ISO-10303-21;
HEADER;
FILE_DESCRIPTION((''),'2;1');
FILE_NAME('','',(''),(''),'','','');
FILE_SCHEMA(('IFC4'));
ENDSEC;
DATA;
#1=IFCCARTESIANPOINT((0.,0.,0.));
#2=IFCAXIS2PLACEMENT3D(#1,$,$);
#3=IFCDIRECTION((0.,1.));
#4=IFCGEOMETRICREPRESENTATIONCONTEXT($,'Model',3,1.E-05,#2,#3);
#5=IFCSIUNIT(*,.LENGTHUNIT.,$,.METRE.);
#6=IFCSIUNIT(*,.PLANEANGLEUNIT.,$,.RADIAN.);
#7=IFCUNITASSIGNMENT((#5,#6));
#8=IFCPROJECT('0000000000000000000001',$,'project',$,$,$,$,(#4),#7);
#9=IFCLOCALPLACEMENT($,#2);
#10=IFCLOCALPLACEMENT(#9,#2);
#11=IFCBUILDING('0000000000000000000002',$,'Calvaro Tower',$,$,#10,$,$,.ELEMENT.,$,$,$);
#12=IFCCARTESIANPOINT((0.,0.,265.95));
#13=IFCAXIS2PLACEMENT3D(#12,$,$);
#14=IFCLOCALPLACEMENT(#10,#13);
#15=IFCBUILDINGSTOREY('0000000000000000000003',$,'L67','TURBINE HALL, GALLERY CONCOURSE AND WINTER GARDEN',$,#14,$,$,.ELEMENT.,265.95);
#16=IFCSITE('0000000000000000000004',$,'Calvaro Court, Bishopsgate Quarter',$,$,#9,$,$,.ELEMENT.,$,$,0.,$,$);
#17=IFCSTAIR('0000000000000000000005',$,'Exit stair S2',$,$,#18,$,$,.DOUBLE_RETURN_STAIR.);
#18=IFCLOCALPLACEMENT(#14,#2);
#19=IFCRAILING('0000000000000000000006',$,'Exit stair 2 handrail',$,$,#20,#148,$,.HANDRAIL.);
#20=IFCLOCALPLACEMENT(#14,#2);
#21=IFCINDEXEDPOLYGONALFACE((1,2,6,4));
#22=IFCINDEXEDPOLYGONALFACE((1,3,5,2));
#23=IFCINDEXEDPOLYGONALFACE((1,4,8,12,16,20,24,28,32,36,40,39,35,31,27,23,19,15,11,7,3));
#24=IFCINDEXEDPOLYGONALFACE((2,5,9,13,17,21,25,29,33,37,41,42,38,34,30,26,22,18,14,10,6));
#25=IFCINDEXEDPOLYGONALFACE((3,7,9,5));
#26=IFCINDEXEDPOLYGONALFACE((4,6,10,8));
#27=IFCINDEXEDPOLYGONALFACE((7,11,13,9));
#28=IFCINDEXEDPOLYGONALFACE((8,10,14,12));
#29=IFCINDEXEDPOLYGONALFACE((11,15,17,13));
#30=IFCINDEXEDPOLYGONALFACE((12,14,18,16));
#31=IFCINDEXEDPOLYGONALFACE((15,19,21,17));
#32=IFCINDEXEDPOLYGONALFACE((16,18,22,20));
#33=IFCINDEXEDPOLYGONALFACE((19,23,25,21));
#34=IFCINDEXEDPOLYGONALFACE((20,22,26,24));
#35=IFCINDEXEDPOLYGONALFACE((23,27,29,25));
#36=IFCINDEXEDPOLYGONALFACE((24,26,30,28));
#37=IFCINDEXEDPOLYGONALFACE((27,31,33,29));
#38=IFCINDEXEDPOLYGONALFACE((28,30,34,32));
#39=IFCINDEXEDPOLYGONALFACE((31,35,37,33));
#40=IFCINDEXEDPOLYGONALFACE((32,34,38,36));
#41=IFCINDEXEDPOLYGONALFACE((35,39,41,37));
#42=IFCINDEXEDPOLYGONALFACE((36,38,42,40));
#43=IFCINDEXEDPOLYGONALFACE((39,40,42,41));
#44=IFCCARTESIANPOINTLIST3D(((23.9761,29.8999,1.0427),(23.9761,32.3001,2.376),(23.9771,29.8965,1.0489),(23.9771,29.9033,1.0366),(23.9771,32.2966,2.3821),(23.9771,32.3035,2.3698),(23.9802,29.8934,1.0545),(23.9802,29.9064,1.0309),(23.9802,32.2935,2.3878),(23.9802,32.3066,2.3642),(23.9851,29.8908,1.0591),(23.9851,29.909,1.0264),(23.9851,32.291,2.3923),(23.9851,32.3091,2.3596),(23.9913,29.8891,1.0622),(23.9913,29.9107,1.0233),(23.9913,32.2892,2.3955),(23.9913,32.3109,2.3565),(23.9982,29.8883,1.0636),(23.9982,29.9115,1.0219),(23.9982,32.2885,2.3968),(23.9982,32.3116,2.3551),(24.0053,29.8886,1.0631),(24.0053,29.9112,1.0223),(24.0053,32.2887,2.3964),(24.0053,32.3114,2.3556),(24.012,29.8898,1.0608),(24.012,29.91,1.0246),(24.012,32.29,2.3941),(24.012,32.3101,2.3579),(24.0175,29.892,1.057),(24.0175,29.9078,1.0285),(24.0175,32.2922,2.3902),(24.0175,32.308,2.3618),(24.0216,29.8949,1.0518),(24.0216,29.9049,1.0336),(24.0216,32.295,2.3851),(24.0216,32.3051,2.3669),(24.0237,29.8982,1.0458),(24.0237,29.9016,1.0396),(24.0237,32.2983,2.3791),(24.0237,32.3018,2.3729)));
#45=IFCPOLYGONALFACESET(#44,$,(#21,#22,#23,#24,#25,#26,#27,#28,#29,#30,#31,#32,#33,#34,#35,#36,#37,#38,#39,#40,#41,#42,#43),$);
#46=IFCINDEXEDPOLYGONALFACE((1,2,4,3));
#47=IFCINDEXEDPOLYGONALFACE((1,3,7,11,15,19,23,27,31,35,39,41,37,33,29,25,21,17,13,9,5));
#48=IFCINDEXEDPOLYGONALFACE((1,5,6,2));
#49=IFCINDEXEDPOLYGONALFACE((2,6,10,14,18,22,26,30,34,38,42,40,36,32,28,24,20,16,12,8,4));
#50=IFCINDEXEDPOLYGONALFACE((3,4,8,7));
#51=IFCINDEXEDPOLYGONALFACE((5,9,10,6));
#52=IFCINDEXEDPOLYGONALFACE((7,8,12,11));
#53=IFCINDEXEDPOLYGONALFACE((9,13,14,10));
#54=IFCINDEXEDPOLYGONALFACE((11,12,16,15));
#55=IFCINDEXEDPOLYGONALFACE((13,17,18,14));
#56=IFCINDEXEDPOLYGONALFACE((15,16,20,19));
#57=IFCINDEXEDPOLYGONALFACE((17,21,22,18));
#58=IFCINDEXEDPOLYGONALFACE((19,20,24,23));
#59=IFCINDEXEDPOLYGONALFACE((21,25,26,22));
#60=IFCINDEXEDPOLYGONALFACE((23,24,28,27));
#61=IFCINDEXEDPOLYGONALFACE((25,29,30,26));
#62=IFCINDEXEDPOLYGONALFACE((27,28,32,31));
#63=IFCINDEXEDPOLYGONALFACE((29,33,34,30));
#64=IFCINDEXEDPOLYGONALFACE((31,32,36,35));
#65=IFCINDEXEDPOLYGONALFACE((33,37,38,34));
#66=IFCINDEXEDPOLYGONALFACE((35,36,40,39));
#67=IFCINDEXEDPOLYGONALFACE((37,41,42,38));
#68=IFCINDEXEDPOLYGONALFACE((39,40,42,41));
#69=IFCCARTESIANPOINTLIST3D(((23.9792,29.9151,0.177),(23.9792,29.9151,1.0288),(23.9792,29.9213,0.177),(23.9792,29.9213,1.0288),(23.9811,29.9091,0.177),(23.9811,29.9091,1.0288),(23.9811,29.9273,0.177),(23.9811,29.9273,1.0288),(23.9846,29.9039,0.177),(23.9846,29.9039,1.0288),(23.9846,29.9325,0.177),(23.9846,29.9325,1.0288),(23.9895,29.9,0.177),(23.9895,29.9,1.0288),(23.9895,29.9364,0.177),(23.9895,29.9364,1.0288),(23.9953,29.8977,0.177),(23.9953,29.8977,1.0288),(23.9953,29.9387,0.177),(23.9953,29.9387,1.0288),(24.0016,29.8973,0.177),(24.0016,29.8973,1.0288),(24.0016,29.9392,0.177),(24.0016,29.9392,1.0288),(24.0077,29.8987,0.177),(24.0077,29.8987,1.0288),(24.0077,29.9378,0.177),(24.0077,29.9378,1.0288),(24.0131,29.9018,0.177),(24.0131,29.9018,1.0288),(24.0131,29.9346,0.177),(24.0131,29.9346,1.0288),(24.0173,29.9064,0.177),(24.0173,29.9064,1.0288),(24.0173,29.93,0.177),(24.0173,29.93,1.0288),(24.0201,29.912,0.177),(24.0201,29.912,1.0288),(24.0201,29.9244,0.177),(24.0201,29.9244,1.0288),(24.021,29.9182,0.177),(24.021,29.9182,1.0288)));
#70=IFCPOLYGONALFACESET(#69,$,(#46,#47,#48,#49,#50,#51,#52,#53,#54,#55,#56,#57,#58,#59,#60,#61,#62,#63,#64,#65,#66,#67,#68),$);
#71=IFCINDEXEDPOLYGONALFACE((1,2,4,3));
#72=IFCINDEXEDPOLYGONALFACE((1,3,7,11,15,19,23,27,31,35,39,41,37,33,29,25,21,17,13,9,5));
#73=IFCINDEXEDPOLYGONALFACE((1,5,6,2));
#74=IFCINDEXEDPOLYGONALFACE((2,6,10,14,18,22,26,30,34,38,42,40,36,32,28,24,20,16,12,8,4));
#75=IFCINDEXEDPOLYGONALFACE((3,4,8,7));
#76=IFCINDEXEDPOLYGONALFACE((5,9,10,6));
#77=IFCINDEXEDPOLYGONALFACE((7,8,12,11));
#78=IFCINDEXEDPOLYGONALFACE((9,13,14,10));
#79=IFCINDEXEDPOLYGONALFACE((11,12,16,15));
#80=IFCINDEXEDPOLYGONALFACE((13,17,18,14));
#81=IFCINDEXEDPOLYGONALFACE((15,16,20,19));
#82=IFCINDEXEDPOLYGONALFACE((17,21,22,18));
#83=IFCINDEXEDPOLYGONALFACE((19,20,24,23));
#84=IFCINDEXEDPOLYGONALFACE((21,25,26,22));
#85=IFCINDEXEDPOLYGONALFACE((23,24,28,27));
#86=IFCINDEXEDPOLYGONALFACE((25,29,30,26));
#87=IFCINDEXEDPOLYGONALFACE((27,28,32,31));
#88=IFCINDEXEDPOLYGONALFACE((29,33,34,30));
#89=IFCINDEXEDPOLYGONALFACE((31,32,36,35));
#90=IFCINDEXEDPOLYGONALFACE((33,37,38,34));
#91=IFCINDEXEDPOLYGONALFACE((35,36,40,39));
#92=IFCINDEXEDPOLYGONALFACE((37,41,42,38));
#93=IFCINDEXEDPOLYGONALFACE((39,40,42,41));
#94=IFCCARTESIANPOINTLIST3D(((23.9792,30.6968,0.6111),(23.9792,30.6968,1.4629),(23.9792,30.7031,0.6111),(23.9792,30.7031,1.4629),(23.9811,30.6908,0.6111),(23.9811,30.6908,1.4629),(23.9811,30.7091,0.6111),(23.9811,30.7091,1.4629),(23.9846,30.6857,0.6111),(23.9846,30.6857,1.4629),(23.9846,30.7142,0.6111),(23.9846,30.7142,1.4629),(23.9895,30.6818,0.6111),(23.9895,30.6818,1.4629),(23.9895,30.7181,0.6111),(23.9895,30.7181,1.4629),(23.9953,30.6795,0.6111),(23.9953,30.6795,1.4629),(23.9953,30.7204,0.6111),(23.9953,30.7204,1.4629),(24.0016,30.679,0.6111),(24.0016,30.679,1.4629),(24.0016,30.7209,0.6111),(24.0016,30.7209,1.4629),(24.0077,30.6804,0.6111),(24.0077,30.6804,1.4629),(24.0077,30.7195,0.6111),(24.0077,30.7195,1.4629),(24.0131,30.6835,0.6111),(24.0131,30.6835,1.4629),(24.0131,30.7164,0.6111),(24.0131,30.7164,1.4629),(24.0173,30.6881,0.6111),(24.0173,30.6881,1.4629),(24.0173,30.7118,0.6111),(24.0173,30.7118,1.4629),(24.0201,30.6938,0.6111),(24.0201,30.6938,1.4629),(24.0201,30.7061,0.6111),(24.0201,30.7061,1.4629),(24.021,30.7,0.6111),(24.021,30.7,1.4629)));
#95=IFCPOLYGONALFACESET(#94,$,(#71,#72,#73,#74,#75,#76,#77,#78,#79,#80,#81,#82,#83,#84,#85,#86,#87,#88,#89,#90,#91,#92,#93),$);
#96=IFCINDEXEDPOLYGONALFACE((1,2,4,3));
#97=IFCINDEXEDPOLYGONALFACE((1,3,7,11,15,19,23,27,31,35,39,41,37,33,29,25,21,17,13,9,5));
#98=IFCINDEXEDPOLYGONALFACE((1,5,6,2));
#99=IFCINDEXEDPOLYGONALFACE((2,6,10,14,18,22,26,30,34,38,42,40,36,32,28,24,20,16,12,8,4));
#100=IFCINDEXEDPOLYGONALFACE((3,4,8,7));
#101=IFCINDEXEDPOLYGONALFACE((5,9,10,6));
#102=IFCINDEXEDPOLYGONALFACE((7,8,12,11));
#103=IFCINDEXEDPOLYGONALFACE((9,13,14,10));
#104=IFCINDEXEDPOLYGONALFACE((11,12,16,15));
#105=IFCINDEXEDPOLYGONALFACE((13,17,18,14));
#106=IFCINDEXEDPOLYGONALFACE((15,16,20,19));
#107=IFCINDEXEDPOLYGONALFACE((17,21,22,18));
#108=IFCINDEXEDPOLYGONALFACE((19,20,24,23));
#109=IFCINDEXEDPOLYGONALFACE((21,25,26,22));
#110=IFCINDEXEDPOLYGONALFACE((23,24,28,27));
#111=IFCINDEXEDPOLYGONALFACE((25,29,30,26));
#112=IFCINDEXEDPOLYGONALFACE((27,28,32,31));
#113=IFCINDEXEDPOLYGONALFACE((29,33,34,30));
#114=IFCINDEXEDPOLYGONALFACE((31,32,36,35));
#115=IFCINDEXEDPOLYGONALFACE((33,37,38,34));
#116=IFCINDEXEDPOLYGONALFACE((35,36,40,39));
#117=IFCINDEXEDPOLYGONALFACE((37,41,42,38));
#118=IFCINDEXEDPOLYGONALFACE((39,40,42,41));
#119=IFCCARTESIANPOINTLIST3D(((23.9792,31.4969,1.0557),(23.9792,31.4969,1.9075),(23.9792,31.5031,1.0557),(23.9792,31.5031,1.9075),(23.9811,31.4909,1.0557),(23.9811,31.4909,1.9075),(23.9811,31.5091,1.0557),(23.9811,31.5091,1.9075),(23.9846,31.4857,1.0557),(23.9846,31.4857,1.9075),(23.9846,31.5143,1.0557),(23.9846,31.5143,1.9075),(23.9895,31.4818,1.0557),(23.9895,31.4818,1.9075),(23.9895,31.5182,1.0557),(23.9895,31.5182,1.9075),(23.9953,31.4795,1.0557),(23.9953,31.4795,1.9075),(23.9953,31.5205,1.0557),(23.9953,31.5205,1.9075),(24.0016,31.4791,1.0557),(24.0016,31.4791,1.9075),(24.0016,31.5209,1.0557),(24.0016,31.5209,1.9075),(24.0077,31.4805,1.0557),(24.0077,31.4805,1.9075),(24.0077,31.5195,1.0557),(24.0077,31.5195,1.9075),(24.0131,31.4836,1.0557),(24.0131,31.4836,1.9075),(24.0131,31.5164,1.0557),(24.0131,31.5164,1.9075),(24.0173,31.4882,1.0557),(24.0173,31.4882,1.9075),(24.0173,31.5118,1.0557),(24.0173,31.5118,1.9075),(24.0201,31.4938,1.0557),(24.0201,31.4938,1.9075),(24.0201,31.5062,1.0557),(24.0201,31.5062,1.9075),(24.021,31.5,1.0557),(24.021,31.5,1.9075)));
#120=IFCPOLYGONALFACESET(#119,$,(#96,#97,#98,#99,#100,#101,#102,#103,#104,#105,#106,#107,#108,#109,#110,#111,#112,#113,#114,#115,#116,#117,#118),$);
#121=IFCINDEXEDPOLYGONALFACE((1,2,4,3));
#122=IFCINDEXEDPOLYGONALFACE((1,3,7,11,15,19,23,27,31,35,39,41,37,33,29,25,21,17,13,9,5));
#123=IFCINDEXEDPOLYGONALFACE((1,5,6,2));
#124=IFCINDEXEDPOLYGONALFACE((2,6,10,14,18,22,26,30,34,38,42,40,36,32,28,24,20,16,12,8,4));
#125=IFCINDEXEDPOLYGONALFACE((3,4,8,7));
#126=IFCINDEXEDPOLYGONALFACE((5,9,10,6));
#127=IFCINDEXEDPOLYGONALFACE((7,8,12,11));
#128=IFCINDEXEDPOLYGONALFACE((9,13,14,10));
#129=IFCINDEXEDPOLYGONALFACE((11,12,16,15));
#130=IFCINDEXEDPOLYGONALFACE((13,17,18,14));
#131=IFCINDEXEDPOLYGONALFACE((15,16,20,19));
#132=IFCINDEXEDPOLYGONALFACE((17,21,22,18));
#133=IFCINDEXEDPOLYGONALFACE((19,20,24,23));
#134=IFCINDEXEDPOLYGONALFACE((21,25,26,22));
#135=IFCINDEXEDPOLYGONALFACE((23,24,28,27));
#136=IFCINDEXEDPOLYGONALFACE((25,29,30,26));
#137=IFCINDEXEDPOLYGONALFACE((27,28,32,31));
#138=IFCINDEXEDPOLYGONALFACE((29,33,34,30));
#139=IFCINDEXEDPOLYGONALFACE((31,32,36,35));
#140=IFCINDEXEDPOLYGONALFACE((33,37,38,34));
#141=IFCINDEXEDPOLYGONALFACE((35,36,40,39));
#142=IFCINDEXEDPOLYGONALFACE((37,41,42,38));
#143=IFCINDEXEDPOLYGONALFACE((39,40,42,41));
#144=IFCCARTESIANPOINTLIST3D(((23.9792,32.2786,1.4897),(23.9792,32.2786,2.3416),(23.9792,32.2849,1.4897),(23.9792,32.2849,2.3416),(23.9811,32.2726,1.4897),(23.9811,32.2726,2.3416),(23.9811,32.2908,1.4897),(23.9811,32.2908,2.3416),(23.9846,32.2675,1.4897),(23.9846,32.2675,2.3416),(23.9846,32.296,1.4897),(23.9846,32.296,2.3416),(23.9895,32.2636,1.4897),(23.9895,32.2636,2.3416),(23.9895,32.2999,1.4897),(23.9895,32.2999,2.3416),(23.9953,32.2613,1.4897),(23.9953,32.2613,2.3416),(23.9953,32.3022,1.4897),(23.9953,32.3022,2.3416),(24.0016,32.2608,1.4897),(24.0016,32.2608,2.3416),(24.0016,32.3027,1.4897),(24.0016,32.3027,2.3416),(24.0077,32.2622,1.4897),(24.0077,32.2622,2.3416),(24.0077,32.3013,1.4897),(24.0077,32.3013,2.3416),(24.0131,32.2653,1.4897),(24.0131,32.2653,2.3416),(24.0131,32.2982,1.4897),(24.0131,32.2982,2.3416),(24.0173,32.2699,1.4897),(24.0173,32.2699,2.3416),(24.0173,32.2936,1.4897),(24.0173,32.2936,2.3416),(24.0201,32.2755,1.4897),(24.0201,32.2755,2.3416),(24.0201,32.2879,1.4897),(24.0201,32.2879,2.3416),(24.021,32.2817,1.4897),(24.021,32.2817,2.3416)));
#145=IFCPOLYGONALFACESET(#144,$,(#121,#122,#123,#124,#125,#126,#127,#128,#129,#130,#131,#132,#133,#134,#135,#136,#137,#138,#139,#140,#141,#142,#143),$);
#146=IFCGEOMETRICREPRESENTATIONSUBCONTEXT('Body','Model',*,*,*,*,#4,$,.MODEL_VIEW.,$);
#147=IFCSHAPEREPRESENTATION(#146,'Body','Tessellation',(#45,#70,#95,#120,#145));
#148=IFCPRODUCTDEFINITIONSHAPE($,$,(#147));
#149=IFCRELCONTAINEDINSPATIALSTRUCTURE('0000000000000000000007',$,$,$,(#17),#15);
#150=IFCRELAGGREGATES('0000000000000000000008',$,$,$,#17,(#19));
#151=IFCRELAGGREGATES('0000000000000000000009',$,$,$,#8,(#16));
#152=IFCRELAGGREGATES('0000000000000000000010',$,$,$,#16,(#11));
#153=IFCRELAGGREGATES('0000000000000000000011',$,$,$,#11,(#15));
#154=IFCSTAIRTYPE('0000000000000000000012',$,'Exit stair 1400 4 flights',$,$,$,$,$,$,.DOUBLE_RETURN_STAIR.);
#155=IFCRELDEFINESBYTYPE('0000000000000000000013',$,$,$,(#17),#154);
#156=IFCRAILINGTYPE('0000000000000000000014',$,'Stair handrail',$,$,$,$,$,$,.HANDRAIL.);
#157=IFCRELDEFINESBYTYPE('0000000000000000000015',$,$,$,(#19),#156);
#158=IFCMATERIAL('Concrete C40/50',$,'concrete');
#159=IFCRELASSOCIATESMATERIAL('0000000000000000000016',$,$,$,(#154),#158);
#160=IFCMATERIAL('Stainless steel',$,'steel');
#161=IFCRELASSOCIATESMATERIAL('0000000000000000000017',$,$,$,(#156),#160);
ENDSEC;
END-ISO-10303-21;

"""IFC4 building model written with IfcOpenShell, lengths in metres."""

from ifc_helpers import new_model, si_unit, direction, frame, origin, origin_2d, place, context, subcontext, project, spatial, circle, extrude, material, type_object, element, aggregate, save


model = new_model("IFC4")

# Units and contexts
model_context = context("Model", 3, precision=1e-05, world=origin(), true_north=direction((0.0, 1.0)))
body_context = subcontext(model_context, "Body", "Model", "MODEL_VIEW")
ifc_project = project(units=[si_unit("LENGTHUNIT", "METRE"), si_unit("PLANEANGLEUNIT", "RADIAN")], contexts=[model_context])

# Site, building, storey
site_placement = place(None, origin())
site = spatial("IfcSite", under=ifc_project, at=site_placement, Name="Calvaro Court, Bishopsgate Quarter", CompositionType="ELEMENT", RefElevation=0.0)
building_placement = place(site_placement, origin())
building = spatial("IfcBuilding", under=site, at=building_placement, Name="Calvaro Tower", CompositionType="ELEMENT")
storey_placement = place(building_placement, frame((0.0, 0.0, 265.95)))
storey = spatial("IfcBuildingStorey", under=building, at=storey_placement, Name="L67", Description="TURBINE HALL, GALLERY CONCOURSE AND WINTER GARDEN", CompositionType="ELEMENT", Elevation=265.95)

# Stair, railing
ifc_material_1 = material(Name="Concrete C40/50", Category="concrete")
stair_type = type_object("IfcStairType", Name="Exit stair 1400 4 flights", PredefinedType="DOUBLE_RETURN_STAIR", material=ifc_material_1)
stair_placement = place(storey_placement, origin())
stair = element("IfcStair", 1, at=stair_placement, inside=storey, type_object=stair_type, Name="Exit stair S2", PredefinedType="DOUBLE_RETURN_STAIR")
ifc_material_2 = material(Name="Stainless steel", Category="steel")
railing_type = type_object("IfcRailingType", Name="Stair handrail", PredefinedType="HANDRAIL", material=ifc_material_2)
railing_1_placement = place(storey_placement, frame((24.0, 29.8999, 0.1667)))
railing_1 = element("IfcRailing", 2, at=railing_1_placement, type_object=railing_type, Name="Exit stair 2 handrail", PredefinedType="HANDRAIL", context=body_context, shape_type="SweptSolid", body=[
    extrude(circle(Radius=0.0239, at=origin_2d()), frame((0.0, 0.0, 0.876), z_axis=(0.0, 0.874182, 0.485598), x_axis=(-1.0, 0.0, 0.0)), (0.0, 0.0, 1.0), 2.7456),
    extrude(circle(Radius=0.021, at=origin_2d()), frame((0.0, 0.0183, 0.0103)), (0.0, 0.0, 1.0), 0.8518),
    extrude(circle(Radius=0.021, at=origin_2d()), frame((0.0, 0.8, 0.4443)), (0.0, 0.0, 1.0), 0.8518),
    extrude(circle(Radius=0.021, at=origin_2d()), frame((0.0, 1.6001, 0.8889)), (0.0, 0.0, 1.0), 0.8518),
    extrude(circle(Radius=0.021, at=origin_2d()), frame((0.0, 2.3818, 1.323)), (0.0, 0.0, 1.0), 0.8518),
])
aggregate(stair, [railing_1])

save(model, "model.ifc")
